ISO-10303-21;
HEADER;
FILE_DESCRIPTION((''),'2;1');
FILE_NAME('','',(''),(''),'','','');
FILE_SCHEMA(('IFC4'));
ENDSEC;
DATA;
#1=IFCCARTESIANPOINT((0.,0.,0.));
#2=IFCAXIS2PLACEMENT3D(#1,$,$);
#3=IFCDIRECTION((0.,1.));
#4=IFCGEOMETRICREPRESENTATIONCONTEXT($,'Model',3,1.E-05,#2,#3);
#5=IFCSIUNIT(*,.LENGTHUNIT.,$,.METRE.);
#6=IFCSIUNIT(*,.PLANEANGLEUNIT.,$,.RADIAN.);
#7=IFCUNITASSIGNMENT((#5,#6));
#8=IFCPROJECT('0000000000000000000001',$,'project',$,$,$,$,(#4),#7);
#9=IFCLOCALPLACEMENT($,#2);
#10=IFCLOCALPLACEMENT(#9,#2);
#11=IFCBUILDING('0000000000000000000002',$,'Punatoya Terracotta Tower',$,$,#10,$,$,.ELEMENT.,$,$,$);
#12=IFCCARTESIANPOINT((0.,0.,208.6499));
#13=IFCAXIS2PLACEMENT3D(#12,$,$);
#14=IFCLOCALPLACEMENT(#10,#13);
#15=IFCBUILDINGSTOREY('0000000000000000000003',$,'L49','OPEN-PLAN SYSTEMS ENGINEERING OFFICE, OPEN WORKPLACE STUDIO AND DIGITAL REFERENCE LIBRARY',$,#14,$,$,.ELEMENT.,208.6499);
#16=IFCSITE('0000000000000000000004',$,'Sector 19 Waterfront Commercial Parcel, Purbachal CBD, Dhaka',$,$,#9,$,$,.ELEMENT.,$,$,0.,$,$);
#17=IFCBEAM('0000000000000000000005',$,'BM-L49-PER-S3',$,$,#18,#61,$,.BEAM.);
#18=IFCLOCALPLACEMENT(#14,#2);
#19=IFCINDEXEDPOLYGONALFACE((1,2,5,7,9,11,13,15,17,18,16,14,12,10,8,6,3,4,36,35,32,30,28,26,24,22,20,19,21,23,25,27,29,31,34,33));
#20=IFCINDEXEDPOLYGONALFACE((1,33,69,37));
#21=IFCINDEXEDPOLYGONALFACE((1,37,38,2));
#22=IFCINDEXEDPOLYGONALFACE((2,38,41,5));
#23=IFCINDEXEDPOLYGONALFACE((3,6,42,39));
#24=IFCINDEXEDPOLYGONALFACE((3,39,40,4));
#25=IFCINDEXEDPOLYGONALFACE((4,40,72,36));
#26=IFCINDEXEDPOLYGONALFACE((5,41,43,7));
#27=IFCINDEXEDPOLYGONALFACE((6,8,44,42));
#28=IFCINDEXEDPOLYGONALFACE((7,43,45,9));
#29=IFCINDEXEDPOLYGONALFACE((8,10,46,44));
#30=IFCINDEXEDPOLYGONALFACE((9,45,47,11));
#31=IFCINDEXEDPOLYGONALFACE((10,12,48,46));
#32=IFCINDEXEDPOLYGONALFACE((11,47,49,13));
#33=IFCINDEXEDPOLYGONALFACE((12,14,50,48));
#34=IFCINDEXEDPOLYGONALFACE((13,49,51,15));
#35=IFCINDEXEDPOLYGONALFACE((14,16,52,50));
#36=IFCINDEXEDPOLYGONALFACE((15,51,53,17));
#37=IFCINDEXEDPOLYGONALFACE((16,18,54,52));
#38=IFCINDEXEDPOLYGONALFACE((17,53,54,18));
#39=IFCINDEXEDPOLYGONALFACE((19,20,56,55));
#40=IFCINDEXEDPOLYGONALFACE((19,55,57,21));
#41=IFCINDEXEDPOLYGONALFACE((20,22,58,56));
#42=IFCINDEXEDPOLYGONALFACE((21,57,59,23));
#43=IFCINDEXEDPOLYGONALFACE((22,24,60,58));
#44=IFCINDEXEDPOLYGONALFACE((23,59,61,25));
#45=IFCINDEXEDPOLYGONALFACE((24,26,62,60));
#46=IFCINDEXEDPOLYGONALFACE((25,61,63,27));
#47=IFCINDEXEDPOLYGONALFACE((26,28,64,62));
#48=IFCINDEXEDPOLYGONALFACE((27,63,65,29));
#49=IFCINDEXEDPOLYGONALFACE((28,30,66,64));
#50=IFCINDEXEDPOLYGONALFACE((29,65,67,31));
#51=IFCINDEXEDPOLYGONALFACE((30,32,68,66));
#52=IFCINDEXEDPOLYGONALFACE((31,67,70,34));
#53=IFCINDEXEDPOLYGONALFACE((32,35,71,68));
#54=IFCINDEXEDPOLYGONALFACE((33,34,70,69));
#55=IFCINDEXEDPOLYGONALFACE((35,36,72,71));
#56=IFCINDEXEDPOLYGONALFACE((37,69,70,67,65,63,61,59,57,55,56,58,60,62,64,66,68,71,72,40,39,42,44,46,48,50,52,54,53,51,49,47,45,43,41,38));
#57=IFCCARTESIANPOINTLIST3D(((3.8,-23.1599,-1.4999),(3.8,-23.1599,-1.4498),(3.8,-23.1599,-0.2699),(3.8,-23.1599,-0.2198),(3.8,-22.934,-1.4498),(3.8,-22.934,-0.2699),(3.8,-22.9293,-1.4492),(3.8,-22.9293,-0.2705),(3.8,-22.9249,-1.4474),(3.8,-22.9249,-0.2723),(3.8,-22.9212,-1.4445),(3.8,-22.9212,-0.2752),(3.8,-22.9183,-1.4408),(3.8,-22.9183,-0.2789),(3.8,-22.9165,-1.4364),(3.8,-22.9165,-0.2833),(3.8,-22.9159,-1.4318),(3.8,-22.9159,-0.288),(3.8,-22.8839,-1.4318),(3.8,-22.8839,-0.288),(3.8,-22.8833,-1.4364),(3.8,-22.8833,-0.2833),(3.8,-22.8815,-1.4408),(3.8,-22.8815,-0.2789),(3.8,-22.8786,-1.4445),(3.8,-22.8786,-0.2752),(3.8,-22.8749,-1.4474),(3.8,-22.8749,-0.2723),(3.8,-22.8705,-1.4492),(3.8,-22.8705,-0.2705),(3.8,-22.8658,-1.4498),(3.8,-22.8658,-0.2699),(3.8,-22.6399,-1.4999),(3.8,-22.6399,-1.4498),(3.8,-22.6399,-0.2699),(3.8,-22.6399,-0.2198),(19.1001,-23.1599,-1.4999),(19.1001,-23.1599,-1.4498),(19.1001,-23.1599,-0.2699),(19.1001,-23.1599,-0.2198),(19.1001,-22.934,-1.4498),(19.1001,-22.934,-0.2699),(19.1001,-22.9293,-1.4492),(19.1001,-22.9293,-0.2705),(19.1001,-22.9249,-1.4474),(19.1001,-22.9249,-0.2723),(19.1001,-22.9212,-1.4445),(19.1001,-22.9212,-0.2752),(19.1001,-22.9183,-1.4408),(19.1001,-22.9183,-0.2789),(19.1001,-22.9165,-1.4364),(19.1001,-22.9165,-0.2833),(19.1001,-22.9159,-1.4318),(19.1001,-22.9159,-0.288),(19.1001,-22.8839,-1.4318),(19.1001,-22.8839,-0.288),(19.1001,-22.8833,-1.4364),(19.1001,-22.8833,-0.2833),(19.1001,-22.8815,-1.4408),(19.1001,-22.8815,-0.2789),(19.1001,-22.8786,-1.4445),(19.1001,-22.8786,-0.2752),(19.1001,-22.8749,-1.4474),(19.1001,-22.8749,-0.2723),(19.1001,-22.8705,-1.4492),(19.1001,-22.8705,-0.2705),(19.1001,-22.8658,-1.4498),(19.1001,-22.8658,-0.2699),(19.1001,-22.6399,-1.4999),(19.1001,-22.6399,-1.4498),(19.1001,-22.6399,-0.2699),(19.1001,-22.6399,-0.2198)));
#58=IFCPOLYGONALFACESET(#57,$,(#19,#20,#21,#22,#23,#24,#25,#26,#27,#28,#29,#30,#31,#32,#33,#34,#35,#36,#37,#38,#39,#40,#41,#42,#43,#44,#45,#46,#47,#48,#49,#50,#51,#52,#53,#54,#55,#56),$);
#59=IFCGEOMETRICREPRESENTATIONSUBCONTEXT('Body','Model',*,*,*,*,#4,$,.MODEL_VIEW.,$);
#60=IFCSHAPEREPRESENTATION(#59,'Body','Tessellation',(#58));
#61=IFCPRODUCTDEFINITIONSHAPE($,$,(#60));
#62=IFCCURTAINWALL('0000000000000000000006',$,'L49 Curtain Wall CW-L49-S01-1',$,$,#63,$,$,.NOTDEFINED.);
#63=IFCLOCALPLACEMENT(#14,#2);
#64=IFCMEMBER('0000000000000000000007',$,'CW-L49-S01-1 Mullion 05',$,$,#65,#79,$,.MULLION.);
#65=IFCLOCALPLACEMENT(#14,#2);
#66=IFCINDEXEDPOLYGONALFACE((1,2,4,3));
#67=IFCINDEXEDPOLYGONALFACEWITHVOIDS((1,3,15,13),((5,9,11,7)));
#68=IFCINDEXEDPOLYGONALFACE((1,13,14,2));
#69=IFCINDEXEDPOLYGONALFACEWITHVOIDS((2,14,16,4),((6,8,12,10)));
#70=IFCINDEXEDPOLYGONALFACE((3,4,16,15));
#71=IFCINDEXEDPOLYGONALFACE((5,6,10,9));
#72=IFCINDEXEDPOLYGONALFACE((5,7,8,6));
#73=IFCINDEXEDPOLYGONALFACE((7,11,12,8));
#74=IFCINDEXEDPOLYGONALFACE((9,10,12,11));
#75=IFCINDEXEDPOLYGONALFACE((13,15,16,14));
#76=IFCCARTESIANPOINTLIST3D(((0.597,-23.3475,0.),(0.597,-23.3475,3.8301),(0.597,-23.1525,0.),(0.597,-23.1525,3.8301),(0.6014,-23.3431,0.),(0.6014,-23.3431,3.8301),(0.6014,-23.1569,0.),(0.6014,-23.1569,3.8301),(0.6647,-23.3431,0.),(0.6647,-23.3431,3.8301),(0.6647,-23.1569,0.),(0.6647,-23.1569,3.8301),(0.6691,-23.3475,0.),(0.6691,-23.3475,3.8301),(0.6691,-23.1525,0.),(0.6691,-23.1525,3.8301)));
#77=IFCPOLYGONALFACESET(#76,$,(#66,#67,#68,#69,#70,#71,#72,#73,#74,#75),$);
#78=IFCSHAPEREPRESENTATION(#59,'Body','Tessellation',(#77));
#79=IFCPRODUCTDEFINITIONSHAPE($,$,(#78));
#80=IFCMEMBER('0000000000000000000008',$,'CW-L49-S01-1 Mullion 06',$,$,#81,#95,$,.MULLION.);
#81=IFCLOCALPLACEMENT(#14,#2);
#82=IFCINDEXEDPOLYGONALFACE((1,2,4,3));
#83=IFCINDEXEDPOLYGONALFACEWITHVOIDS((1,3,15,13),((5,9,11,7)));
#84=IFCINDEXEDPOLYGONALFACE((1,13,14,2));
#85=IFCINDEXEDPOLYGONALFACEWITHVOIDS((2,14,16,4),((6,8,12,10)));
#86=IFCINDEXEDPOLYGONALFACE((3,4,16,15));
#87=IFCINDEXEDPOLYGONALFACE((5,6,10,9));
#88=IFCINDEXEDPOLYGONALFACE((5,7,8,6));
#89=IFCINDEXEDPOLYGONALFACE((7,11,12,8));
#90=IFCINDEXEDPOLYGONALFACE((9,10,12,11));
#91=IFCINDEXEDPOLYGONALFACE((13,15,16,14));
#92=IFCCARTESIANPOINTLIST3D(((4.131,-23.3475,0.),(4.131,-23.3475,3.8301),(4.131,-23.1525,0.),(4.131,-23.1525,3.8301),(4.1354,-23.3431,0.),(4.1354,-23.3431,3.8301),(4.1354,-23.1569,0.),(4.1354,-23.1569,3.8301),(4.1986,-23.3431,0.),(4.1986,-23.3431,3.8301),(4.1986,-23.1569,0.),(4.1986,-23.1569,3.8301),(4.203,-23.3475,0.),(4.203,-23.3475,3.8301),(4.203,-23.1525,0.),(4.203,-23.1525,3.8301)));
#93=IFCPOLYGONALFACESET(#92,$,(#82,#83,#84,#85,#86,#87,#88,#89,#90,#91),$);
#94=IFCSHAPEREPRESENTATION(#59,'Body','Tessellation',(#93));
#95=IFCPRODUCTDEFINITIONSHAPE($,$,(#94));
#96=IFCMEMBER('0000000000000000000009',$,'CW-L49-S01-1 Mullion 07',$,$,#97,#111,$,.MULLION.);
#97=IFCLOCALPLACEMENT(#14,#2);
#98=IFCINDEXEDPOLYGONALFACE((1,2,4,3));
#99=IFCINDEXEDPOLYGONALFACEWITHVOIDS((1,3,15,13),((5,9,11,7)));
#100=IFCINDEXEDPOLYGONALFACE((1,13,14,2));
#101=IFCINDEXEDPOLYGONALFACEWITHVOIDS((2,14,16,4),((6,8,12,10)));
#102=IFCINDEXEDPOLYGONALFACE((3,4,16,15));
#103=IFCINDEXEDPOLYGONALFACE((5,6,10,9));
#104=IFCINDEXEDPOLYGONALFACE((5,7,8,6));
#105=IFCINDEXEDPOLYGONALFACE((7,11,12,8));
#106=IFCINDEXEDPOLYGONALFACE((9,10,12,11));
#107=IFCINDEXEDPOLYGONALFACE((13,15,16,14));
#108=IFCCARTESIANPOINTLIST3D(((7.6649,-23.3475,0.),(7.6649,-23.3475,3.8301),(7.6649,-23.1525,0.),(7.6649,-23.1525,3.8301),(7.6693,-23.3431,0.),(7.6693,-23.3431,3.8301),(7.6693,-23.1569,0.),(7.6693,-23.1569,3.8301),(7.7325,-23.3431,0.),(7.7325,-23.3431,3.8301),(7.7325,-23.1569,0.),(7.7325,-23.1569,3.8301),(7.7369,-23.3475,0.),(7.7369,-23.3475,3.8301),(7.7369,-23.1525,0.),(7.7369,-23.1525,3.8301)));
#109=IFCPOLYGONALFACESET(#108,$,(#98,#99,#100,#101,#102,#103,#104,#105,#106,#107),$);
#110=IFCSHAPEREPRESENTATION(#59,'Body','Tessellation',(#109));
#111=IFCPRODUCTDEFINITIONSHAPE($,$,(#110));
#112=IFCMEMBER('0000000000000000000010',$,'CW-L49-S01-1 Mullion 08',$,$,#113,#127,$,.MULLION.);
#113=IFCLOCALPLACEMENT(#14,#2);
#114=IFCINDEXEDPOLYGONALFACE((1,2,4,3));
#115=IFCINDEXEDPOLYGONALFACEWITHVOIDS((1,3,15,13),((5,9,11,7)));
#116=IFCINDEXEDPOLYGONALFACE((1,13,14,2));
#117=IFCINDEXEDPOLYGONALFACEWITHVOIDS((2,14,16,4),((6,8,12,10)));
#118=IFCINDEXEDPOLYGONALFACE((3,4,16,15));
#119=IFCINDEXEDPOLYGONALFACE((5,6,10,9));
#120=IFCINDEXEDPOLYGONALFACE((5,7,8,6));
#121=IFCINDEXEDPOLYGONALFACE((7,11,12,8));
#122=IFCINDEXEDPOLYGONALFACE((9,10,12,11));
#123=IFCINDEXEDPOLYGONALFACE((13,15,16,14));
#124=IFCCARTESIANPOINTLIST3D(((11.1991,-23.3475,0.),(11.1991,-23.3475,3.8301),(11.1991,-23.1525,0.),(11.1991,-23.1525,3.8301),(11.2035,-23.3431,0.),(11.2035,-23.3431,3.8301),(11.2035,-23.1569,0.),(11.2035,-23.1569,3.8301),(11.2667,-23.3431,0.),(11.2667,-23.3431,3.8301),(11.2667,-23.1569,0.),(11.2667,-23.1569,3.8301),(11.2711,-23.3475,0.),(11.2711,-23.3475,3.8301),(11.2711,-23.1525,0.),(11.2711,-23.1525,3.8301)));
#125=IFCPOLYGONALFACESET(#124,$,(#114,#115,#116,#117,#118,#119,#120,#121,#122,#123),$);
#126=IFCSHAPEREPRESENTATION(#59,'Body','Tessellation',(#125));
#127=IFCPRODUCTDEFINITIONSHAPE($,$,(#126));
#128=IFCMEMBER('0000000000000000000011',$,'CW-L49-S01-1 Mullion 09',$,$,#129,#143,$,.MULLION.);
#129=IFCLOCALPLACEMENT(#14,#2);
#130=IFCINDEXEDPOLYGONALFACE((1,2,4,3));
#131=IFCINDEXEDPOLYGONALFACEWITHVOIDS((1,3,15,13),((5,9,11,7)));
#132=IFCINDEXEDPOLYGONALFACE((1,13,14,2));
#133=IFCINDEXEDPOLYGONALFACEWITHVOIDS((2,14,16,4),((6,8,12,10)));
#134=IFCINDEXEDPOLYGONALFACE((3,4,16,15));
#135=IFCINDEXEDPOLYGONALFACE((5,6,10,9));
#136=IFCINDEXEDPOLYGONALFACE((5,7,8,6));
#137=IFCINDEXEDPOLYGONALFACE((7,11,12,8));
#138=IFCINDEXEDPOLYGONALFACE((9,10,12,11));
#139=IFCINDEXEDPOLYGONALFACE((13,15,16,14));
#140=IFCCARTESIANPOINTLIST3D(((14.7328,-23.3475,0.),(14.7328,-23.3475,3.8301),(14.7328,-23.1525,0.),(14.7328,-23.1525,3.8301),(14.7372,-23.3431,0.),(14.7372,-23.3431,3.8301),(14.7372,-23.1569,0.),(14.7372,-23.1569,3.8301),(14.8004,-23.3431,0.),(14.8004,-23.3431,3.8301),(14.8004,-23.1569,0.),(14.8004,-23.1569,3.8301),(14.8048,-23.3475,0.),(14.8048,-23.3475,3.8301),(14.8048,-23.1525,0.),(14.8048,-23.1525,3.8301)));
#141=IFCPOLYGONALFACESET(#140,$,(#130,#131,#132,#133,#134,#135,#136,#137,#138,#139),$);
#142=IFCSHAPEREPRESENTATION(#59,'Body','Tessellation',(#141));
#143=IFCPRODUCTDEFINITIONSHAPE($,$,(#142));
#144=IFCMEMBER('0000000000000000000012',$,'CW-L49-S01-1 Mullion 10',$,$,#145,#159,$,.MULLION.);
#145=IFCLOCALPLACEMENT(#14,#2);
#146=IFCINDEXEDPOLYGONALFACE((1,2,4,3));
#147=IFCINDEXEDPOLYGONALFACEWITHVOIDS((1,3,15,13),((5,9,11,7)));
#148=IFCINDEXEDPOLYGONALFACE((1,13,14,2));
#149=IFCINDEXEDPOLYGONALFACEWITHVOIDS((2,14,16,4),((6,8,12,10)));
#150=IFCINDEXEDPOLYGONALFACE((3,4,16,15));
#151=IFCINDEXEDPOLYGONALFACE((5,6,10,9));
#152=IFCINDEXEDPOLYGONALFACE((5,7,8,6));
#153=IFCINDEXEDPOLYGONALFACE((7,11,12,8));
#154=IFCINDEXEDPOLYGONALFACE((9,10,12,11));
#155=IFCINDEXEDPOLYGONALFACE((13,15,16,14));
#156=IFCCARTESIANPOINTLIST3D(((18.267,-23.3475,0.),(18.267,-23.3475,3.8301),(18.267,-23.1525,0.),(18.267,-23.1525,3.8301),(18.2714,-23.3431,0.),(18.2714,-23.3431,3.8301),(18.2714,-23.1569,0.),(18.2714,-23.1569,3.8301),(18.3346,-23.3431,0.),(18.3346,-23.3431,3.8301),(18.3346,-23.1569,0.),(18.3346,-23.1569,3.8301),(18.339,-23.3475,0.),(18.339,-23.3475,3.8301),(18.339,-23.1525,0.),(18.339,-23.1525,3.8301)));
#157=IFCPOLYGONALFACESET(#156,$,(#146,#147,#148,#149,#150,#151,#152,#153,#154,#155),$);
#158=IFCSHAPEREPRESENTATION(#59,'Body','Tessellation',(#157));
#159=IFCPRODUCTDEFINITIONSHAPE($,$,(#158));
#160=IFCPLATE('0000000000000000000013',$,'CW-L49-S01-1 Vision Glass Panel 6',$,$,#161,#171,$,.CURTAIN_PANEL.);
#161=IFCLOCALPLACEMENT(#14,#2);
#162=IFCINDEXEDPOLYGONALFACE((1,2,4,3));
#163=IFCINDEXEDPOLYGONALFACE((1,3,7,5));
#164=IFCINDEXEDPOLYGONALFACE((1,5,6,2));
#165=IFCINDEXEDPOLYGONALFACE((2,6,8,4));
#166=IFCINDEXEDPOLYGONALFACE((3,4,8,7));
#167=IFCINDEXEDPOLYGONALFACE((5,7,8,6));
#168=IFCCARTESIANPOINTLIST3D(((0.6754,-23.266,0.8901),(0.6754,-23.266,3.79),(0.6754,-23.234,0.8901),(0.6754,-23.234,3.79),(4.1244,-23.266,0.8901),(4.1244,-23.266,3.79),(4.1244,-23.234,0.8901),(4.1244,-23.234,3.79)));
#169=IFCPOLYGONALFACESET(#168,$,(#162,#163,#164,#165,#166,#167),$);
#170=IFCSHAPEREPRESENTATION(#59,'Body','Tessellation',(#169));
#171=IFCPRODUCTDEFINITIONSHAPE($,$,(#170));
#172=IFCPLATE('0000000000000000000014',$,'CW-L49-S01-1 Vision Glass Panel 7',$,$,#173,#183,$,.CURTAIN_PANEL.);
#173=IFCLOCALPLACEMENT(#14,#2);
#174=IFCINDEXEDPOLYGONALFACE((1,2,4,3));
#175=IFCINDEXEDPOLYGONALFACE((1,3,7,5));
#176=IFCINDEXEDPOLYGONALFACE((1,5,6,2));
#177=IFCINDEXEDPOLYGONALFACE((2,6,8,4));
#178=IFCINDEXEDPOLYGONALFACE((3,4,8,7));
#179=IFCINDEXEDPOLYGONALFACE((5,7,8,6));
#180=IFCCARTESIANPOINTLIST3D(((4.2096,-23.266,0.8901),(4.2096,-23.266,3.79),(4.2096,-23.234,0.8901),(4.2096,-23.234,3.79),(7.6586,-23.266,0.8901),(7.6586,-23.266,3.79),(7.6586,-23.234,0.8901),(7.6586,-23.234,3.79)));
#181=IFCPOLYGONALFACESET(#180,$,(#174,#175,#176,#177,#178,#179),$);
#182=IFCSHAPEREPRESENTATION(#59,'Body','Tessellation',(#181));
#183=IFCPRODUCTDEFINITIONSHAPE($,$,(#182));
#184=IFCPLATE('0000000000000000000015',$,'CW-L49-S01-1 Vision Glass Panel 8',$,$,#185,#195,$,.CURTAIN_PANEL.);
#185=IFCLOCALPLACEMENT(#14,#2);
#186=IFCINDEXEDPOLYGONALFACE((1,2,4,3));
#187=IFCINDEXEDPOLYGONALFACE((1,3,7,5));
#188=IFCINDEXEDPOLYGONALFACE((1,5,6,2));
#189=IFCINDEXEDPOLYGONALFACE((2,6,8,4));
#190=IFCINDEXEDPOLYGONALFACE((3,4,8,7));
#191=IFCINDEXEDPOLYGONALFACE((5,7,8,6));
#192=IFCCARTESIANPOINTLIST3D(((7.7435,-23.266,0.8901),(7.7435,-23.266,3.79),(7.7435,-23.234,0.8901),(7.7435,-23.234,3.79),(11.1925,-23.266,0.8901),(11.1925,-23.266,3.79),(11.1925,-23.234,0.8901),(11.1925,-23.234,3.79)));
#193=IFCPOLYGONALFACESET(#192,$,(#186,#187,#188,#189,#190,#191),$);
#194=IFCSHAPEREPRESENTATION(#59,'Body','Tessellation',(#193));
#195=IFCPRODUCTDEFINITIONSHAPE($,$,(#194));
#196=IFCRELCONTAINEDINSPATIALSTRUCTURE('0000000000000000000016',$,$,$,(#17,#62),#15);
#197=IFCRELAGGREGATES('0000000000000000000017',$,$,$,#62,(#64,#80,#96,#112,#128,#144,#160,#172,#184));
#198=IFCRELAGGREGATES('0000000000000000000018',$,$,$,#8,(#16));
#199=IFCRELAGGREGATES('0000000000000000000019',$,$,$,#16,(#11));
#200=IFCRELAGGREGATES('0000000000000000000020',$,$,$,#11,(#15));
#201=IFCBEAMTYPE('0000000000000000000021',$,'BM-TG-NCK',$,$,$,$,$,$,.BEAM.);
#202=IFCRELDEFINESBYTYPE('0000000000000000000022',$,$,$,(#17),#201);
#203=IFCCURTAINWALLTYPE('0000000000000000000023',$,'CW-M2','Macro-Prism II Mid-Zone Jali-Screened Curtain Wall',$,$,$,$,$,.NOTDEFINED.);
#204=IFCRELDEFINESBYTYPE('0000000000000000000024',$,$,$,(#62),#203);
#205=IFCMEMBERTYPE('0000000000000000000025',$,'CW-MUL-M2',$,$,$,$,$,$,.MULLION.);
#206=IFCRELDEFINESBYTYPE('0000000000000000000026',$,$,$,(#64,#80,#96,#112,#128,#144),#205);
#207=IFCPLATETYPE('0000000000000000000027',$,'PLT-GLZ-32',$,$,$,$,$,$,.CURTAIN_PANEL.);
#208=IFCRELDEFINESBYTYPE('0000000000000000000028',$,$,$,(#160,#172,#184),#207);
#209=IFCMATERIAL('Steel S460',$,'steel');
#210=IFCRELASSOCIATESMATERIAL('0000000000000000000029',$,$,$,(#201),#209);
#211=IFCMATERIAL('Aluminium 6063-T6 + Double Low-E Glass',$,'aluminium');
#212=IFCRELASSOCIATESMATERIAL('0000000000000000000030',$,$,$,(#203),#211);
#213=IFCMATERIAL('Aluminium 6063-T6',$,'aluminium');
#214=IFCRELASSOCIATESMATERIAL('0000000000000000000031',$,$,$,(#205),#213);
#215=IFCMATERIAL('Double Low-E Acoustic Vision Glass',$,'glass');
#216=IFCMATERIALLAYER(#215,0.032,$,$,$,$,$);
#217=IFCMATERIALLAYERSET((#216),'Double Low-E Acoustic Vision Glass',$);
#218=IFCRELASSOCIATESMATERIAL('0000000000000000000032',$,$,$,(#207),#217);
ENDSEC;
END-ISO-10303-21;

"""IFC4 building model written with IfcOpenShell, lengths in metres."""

from ifc_helpers import new_model, si_unit, direction, frame, origin, origin_2d, place, context, subcontext, project, spatial, rectangle, hollow_rectangle, i_section, extrude, material, layer, layer_set, material_profile, profile_set, type_object, element, aggregate, save


model = new_model("IFC4")

# Units and contexts
model_context = context("Model", 3, precision=1e-05, world=origin(), true_north=direction((0.0, 1.0)))
body_context = subcontext(model_context, "Body", "Model", "MODEL_VIEW")
ifc_project = project(units=[si_unit("LENGTHUNIT", "METRE"), si_unit("PLANEANGLEUNIT", "RADIAN")], contexts=[model_context])

# Site, building, storey
site_placement = place(None, origin())
site = spatial("IfcSite", under=ifc_project, at=site_placement, Name="Sector 19 Waterfront Commercial Parcel, Purbachal CBD, Dhaka", CompositionType="ELEMENT", RefElevation=0.0)
building_placement = place(site_placement, origin())
building = spatial("IfcBuilding", under=site, at=building_placement, Name="Punatoya Terracotta Tower", CompositionType="ELEMENT")
storey_placement = place(building_placement, frame((0.0, 0.0, 208.6499)))
storey = spatial("IfcBuildingStorey", under=building, at=storey_placement, Name="L49", Description="OPEN-PLAN SYSTEMS ENGINEERING OFFICE, OPEN WORKPLACE STUDIO AND DIGITAL REFERENCE LIBRARY", CompositionType="ELEMENT", Elevation=208.6499)

# Shared definitions
ifc_material_1 = material(Name="Steel S460", Category="steel")

# Beam
ifc_material_profile_1 = material_profile(ifc_material_1, i_section(OverallWidth=0.52, OverallDepth=1.28, WebThickness=0.032, FlangeThickness=0.05, FilletRadius=0.0181, at=origin_2d()))
ifc_profile_set_1 = profile_set([ifc_material_profile_1], Name="Steel S460")
beam_type_1 = type_object("IfcBeamType", Name="BM-TG-NCK", PredefinedType="BEAM", material=ifc_profile_set_1)
beam_1_placement = place(storey_placement, frame((3.8, -22.8999, -0.8599), z_axis=(1.0, 0.0, 0.0), x_axis=(0.0, 1.0, 0.0)))
element("IfcBeam", 1, at=beam_1_placement, inside=storey, type_object=beam_type_1, Name="BM-L49-PER-S3", PredefinedType="BEAM", context=body_context, shape_type="SweptSolid", body=[
    extrude(i_section(OverallWidth=0.52, OverallDepth=1.28, WebThickness=0.032, FlangeThickness=0.05, FilletRadius=0.0181, at=origin_2d()), origin(), (0.0, 0.0, 1.0), 15.3),
])

# Curtain wall, members, plates
ifc_material_2 = material(Name="Aluminium 6063-T6 + Double Low-E Glass", Category="aluminium")
curtain_wall_type = type_object("IfcCurtainWallType", Name="CW-M2", Description="Macro-Prism II Mid-Zone Jali-Screened Curtain Wall", PredefinedType="NOTDEFINED", material=ifc_material_2)
curtain_wall_placement = place(storey_placement, origin())
curtain_wall = element("IfcCurtainWall", 2, at=curtain_wall_placement, inside=storey, type_object=curtain_wall_type, Name="L49 Curtain Wall CW-L49-S01-1", PredefinedType="NOTDEFINED")
ifc_material_3 = material(Name="Aluminium 6063-T6", Category="aluminium")
ifc_material_profile_2 = material_profile(ifc_material_3, hollow_rectangle(XDim=0.072, YDim=0.1951, WallThickness=0.0044, at=origin_2d()))
ifc_profile_set_2 = profile_set([ifc_material_profile_2], Name="Aluminium 6063-T6")
member_type = type_object("IfcMemberType", Name="CW-MUL-M2", PredefinedType="MULLION", material=ifc_profile_set_2)
member_1_placement = place(storey_placement, frame((0.6331, -23.25, 0.0), z_axis=(0.0, 0.0, 1.0), x_axis=(1.0, 0.0, 0.0)))
member_1 = element("IfcMember", 3, at=member_1_placement, type_object=member_type, Name="CW-L49-S01-1 Mullion 05", PredefinedType="MULLION", context=body_context, shape_type="SweptSolid", body=[
    extrude(hollow_rectangle(XDim=0.072, YDim=0.1951, WallThickness=0.0044, at=origin_2d()), origin(), (0.0, 0.0, 1.0), 3.8301),
])
member_2_placement = place(storey_placement, frame((4.167, -23.25, 0.0), z_axis=(0.0, 0.0, 1.0), x_axis=(1.0, 0.0, 0.0)))
member_2 = element("IfcMember", 4, at=member_2_placement, type_object=member_type, Name="CW-L49-S01-1 Mullion 06", PredefinedType="MULLION", context=body_context, shape_type="SweptSolid", body=[
    extrude(hollow_rectangle(XDim=0.072, YDim=0.1951, WallThickness=0.0044, at=origin_2d()), origin(), (0.0, 0.0, 1.0), 3.8301),
])
member_3_placement = place(storey_placement, frame((7.7009, -23.25, 0.0), z_axis=(0.0, 0.0, 1.0), x_axis=(1.0, 0.0, 0.0)))
member_3 = element("IfcMember", 5, at=member_3_placement, type_object=member_type, Name="CW-L49-S01-1 Mullion 07", PredefinedType="MULLION", context=body_context, shape_type="SweptSolid", body=[
    extrude(hollow_rectangle(XDim=0.072, YDim=0.1951, WallThickness=0.0044, at=origin_2d()), origin(), (0.0, 0.0, 1.0), 3.8301),
])
member_4_placement = place(storey_placement, frame((11.2351, -23.25, 0.0), z_axis=(0.0, 0.0, 1.0), x_axis=(1.0, 0.0, 0.0)))
member_4 = element("IfcMember", 6, at=member_4_placement, type_object=member_type, Name="CW-L49-S01-1 Mullion 08", PredefinedType="MULLION", context=body_context, shape_type="SweptSolid", body=[
    extrude(hollow_rectangle(XDim=0.072, YDim=0.1951, WallThickness=0.0044, at=origin_2d()), origin(), (0.0, 0.0, 1.0), 3.8301),
])
member_5_placement = place(storey_placement, frame((14.7688, -23.25, 0.0), z_axis=(0.0, 0.0, 1.0), x_axis=(1.0, 0.0, 0.0)))
member_5 = element("IfcMember", 7, at=member_5_placement, type_object=member_type, Name="CW-L49-S01-1 Mullion 09", PredefinedType="MULLION", context=body_context, shape_type="SweptSolid", body=[
    extrude(hollow_rectangle(XDim=0.072, YDim=0.1951, WallThickness=0.0044, at=origin_2d()), origin(), (0.0, 0.0, 1.0), 3.8301),
])
member_6_placement = place(storey_placement, frame((18.303, -23.25, 0.0), z_axis=(0.0, 0.0, 1.0), x_axis=(1.0, 0.0, 0.0)))
member_6 = element("IfcMember", 8, at=member_6_placement, type_object=member_type, Name="CW-L49-S01-1 Mullion 10", PredefinedType="MULLION", context=body_context, shape_type="SweptSolid", body=[
    extrude(hollow_rectangle(XDim=0.072, YDim=0.1951, WallThickness=0.0044, at=origin_2d()), origin(), (0.0, 0.0, 1.0), 3.8301),
])
ifc_material_4 = material(Name="Double Low-E Acoustic Vision Glass", Category="glass")
ifc_layer_1 = layer(ifc_material_4, 0.032)
ifc_layer_set_1 = layer_set([ifc_layer_1], Name="Double Low-E Acoustic Vision Glass")
plate_type_1 = type_object("IfcPlateType", Name="PLT-GLZ-32", PredefinedType="CURTAIN_PANEL", material=ifc_layer_set_1)
plate_1_placement = place(storey_placement, frame((2.3999, -23.25, 0.8901), z_axis=(0.0, 0.0, 1.0), x_axis=(1.0, 0.0, 0.0)))
plate_1 = element("IfcPlate", 9, at=plate_1_placement, type_object=plate_type_1, Name="CW-L49-S01-1 Vision Glass Panel 6", PredefinedType="CURTAIN_PANEL", context=body_context, shape_type="SweptSolid", body=[
    extrude(rectangle(XDim=3.449, YDim=0.032, at=origin_2d()), origin(), (0.0, 0.0, 1.0), 2.8999),
])
plate_2_placement = place(storey_placement, frame((5.9341, -23.25, 0.8901), z_axis=(0.0, 0.0, 1.0), x_axis=(1.0, 0.0, 0.0)))
plate_2 = element("IfcPlate", 10, at=plate_2_placement, type_object=plate_type_1, Name="CW-L49-S01-1 Vision Glass Panel 7", PredefinedType="CURTAIN_PANEL", context=body_context, shape_type="SweptSolid", body=[
    extrude(rectangle(XDim=3.449, YDim=0.032, at=origin_2d()), origin(), (0.0, 0.0, 1.0), 2.8999),
])
plate_3_placement = place(storey_placement, frame((9.468, -23.25, 0.8901), z_axis=(0.0, 0.0, 1.0), x_axis=(1.0, 0.0, 0.0)))
plate_3 = element("IfcPlate", 11, at=plate_3_placement, type_object=plate_type_1, Name="CW-L49-S01-1 Vision Glass Panel 8", PredefinedType="CURTAIN_PANEL", context=body_context, shape_type="SweptSolid", body=[
    extrude(rectangle(XDim=3.449, YDim=0.032, at=origin_2d()), origin(), (0.0, 0.0, 1.0), 2.8999),
])
aggregate(curtain_wall, [member_1, member_2, member_3, member_4, member_5, member_6, plate_1, plate_2, plate_3])

save(model, "model.ifc")
